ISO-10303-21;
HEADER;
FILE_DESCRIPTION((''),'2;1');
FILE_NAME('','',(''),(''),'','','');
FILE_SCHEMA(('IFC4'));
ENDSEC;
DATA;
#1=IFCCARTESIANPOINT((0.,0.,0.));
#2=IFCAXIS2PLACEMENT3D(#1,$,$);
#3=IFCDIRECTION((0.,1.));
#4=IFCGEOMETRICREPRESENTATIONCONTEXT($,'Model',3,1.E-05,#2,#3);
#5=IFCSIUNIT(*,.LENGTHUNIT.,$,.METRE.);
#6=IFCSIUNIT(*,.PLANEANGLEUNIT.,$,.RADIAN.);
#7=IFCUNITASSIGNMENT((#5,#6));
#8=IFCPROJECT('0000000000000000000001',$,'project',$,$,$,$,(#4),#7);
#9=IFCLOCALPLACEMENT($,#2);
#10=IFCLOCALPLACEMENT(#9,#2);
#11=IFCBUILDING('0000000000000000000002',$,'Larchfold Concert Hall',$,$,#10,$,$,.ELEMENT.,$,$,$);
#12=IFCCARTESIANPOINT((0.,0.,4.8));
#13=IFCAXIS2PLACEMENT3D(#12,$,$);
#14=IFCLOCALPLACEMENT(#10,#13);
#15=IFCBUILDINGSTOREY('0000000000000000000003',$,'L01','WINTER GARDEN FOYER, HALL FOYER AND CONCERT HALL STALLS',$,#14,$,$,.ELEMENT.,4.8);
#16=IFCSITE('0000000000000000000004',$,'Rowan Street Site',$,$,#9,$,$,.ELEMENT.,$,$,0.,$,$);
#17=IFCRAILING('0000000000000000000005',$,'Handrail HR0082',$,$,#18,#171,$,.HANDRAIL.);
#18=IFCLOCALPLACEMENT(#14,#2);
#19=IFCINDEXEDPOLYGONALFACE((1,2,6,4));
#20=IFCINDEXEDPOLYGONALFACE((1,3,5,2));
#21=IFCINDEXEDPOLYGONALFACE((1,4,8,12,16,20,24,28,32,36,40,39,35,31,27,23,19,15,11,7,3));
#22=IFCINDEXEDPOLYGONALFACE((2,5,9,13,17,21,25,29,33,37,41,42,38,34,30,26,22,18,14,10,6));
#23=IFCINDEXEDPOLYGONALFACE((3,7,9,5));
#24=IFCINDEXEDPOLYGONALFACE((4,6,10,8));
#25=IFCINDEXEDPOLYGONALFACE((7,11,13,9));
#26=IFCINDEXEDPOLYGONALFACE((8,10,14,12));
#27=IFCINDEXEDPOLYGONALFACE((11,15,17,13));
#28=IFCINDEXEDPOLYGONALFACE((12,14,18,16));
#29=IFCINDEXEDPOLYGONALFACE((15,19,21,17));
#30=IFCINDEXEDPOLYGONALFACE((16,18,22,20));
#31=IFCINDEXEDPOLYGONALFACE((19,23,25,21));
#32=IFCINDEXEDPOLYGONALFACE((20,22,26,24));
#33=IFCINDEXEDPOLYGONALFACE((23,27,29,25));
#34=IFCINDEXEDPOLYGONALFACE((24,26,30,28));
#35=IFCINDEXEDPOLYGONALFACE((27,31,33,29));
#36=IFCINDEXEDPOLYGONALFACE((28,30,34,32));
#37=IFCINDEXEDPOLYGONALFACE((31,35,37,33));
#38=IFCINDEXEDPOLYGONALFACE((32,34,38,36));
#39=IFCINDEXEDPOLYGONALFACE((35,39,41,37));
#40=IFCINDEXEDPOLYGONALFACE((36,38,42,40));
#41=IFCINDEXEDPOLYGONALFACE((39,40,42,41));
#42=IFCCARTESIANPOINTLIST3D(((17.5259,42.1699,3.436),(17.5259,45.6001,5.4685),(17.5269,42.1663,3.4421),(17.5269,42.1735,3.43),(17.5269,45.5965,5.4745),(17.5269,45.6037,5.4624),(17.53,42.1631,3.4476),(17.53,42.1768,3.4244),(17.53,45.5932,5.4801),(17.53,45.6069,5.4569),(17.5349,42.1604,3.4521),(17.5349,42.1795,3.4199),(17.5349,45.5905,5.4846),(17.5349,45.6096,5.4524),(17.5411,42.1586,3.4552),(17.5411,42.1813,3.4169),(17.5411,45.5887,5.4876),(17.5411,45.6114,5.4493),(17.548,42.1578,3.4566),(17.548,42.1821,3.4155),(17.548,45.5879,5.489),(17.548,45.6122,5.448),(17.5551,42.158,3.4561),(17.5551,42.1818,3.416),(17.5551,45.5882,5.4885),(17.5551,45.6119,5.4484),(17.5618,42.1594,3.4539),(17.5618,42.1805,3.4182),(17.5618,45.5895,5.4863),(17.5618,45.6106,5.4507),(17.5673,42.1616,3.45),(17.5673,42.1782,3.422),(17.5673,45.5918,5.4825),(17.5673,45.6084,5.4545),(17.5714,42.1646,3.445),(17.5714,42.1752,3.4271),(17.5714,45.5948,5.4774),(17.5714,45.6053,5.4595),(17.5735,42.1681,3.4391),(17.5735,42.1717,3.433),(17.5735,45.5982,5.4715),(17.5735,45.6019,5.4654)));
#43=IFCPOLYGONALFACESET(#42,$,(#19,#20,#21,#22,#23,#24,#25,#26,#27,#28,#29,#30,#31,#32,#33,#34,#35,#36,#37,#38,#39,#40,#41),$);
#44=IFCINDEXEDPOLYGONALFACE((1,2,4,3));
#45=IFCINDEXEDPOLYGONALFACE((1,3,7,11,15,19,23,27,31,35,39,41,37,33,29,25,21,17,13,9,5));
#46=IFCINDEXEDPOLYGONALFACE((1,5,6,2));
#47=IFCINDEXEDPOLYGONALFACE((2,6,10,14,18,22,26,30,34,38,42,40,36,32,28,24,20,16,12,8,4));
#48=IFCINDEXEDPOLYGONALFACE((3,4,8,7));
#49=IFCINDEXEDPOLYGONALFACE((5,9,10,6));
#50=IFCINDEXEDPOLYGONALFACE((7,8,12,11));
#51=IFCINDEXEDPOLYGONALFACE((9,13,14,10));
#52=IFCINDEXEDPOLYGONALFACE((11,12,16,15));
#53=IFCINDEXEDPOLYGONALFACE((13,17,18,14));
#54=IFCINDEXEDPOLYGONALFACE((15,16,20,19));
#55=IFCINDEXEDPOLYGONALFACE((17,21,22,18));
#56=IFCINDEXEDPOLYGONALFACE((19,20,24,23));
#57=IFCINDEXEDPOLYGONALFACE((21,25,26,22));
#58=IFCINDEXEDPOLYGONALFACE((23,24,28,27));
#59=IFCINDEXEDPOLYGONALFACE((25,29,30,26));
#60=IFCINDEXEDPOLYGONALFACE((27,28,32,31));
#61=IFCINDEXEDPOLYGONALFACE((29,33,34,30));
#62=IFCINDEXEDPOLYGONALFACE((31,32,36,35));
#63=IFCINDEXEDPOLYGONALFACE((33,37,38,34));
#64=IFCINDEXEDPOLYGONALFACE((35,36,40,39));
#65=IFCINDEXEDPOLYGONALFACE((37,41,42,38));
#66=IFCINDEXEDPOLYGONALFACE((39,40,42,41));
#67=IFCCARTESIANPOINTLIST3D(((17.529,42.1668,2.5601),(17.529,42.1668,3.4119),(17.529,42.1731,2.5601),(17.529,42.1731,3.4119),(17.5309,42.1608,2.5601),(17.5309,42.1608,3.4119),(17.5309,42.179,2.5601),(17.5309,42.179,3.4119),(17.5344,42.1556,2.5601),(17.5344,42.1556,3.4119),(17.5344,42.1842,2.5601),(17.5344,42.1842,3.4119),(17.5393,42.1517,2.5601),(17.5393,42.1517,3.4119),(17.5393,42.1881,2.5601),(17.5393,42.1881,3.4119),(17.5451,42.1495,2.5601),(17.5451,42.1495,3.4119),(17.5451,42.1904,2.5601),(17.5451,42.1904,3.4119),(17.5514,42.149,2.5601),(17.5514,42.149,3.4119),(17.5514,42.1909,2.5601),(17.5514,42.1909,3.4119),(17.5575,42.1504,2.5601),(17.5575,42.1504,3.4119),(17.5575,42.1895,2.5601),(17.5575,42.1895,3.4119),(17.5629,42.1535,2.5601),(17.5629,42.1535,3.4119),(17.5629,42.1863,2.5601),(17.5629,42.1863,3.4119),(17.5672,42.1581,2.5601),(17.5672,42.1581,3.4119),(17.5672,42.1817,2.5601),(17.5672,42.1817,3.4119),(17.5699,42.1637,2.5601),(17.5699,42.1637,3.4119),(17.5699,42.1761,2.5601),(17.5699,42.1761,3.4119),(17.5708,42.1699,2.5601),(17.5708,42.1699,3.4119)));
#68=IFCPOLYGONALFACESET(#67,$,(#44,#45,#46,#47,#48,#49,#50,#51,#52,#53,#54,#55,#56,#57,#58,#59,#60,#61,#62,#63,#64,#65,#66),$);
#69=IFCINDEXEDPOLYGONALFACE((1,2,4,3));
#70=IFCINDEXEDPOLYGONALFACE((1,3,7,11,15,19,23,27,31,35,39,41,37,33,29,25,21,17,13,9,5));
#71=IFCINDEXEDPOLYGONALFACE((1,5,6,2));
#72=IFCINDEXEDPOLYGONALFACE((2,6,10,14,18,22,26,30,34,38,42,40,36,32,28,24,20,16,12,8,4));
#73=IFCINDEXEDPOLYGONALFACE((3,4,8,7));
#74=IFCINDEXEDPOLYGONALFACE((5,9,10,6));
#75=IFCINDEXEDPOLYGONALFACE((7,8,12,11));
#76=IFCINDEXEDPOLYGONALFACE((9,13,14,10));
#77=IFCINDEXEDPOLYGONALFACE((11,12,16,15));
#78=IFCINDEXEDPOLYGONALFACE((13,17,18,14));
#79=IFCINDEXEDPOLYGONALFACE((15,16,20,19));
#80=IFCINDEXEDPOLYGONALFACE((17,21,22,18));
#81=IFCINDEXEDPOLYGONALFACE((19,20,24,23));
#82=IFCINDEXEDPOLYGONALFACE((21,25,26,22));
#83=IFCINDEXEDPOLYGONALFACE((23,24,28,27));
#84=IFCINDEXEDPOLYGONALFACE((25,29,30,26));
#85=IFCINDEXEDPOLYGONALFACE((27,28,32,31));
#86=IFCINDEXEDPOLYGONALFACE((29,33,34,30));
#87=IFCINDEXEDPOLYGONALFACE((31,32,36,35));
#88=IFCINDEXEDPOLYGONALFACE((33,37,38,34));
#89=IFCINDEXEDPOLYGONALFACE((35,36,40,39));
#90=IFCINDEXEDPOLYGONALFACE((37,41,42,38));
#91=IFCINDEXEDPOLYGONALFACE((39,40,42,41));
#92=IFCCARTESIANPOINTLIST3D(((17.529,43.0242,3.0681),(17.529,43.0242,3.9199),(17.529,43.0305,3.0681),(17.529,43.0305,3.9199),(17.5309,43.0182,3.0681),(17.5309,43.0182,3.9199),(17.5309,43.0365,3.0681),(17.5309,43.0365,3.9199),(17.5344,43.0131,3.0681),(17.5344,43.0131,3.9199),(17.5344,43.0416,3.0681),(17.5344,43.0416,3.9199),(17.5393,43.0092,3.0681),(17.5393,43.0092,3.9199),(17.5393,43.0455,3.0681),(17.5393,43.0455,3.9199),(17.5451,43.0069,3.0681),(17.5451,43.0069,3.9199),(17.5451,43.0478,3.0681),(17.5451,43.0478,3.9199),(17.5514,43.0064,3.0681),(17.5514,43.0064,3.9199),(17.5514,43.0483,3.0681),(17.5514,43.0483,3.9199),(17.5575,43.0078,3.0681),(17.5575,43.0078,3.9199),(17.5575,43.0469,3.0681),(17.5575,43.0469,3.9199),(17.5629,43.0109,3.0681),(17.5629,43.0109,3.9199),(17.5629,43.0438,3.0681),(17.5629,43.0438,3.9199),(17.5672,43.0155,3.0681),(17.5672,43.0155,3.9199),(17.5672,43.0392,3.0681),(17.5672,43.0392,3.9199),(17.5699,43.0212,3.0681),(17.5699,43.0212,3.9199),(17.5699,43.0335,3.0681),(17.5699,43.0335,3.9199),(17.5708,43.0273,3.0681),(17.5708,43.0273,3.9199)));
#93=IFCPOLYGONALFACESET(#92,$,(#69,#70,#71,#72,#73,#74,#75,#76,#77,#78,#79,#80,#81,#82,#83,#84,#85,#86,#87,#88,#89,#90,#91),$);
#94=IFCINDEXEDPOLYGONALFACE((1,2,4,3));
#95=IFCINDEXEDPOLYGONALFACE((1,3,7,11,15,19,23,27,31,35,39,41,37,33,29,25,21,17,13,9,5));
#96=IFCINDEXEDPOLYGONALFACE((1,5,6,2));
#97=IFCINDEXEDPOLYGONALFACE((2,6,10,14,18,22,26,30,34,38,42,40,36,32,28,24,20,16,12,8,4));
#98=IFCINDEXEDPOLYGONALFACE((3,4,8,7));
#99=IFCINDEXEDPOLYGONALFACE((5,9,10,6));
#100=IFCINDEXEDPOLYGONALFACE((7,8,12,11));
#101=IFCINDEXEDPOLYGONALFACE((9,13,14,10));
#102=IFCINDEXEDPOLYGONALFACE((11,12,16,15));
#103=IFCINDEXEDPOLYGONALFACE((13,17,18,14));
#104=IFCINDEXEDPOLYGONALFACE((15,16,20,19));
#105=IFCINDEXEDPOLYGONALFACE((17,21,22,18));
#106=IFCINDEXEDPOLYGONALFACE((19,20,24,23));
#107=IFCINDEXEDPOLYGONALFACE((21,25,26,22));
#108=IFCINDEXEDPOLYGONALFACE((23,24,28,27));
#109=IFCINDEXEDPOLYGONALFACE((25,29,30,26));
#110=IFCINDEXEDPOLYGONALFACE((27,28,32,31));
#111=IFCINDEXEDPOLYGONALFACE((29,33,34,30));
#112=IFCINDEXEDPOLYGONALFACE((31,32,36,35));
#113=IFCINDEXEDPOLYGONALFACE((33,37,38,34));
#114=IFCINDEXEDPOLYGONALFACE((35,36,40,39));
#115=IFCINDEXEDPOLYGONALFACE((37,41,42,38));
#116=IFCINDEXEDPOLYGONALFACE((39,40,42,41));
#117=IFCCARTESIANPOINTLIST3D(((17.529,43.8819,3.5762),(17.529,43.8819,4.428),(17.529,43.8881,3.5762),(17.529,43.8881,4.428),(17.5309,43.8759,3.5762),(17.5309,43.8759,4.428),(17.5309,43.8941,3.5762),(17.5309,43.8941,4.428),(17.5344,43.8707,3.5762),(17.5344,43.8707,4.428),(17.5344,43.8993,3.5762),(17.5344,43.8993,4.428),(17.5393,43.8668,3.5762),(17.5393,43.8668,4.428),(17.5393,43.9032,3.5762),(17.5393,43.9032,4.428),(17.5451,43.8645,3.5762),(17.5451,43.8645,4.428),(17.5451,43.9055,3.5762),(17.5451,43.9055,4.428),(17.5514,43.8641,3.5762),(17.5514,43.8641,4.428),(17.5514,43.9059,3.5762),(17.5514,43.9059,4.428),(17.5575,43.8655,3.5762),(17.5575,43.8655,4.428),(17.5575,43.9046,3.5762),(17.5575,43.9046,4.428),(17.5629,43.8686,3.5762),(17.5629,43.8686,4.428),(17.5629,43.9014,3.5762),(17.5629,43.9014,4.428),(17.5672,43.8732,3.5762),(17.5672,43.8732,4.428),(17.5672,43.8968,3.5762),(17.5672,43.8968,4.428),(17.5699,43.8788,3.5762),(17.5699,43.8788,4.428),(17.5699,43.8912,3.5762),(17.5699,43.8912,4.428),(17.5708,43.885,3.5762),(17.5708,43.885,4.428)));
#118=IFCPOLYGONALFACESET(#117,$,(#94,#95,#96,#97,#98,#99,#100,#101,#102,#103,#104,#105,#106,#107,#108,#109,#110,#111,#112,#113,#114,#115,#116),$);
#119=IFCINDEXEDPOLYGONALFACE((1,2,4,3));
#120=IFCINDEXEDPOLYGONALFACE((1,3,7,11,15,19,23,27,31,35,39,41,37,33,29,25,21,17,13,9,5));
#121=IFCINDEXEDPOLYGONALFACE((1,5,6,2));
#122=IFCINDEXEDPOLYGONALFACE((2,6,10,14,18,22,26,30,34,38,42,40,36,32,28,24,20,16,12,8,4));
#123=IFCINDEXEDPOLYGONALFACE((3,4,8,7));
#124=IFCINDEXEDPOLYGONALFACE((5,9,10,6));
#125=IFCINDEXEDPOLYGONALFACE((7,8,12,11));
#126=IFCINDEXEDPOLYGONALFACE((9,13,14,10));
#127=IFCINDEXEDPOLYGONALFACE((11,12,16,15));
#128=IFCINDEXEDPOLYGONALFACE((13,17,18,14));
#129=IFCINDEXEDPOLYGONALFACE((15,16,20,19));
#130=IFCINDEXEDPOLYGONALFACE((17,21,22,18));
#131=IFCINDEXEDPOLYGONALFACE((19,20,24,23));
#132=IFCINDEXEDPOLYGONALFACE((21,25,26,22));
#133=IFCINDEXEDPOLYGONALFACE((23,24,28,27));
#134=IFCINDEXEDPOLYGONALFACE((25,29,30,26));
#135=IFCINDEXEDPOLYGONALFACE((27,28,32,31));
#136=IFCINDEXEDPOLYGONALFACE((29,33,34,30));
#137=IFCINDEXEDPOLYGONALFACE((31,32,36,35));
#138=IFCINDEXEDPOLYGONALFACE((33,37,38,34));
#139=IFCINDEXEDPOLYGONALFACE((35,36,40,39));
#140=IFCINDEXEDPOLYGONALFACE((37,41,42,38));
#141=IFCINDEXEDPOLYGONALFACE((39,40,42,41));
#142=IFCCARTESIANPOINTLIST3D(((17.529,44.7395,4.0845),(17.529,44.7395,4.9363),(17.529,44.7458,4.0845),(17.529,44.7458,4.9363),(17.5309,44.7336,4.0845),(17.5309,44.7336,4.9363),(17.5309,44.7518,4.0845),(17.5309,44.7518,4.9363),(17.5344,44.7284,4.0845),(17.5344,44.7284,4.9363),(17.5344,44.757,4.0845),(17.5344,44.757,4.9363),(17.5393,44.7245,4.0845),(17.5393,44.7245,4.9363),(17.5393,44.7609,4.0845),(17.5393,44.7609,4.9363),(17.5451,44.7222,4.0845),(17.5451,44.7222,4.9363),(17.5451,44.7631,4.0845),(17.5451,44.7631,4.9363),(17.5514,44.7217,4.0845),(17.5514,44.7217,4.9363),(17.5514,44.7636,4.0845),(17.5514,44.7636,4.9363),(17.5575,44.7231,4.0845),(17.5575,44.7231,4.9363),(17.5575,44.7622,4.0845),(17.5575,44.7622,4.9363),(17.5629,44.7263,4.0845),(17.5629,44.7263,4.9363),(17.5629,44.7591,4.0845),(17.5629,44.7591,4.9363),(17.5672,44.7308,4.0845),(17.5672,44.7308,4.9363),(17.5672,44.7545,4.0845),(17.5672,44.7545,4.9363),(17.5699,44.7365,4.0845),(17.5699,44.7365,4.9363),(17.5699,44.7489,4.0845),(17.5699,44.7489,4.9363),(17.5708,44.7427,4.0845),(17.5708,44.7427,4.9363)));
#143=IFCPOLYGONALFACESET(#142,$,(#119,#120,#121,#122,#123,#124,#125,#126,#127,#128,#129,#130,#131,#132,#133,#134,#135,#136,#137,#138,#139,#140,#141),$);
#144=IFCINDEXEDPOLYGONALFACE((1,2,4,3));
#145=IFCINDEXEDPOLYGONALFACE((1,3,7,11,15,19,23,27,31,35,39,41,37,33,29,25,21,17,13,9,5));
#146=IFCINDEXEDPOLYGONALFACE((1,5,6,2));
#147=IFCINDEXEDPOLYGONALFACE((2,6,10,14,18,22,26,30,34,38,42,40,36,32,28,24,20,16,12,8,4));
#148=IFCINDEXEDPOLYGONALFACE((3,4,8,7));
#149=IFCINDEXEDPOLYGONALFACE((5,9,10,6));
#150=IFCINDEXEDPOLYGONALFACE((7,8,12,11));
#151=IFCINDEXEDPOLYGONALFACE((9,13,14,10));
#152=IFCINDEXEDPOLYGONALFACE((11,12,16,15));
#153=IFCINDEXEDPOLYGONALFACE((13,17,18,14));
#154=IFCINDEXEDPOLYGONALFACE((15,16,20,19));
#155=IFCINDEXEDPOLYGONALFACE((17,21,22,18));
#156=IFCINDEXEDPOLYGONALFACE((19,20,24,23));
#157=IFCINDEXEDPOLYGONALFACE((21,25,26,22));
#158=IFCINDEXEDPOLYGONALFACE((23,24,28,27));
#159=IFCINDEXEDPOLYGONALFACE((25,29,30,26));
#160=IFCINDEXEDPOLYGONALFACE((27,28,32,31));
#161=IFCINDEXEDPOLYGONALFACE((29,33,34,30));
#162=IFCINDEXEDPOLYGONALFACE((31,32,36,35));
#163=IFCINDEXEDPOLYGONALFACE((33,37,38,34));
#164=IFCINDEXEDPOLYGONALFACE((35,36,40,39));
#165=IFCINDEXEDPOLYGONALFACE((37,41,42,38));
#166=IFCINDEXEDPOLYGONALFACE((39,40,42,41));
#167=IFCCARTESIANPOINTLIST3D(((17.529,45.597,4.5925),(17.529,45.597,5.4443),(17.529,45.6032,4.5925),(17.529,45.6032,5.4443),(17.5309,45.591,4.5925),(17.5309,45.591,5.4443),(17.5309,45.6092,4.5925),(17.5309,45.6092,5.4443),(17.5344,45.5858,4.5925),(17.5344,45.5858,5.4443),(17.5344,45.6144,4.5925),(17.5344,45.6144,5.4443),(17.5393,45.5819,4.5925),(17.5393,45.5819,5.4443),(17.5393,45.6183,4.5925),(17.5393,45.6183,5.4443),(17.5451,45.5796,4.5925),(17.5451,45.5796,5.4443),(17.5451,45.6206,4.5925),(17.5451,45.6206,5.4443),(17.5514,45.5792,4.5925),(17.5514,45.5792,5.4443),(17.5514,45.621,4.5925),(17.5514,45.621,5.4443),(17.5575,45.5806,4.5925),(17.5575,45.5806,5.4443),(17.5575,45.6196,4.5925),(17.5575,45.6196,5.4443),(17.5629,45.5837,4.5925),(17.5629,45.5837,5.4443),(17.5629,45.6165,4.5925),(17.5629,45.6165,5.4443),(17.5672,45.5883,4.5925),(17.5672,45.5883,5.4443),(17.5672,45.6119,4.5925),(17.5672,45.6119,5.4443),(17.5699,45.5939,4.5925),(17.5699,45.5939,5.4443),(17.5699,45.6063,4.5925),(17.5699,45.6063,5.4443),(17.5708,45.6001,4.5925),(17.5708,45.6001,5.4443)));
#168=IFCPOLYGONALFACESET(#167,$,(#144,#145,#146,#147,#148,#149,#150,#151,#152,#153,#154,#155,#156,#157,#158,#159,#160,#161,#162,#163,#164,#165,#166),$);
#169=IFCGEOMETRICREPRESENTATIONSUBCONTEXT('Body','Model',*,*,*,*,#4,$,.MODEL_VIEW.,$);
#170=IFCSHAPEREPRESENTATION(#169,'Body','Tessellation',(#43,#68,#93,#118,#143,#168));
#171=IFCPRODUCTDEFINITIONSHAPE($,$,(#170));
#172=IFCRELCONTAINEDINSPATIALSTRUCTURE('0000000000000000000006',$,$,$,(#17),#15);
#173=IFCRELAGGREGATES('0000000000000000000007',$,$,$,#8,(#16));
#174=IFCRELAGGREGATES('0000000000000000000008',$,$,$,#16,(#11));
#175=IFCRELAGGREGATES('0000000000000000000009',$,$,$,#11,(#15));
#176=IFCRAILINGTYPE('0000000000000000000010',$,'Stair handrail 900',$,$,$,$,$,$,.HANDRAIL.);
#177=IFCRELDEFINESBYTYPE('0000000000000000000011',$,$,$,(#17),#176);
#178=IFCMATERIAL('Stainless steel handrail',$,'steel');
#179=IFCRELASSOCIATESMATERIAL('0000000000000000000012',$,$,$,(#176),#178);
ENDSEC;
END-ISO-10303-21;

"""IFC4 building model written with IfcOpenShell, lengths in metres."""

from ifc_helpers import new_model, si_unit, direction, frame, origin, origin_2d, place, context, subcontext, project, spatial, circle, extrude, material, type_object, element, save


model = new_model("IFC4")

# Units and contexts
model_context = context("Model", 3, precision=1e-05, world=origin(), true_north=direction((0.0, 1.0)))
body_context = subcontext(model_context, "Body", "Model", "MODEL_VIEW")
ifc_project = project(units=[si_unit("LENGTHUNIT", "METRE"), si_unit("PLANEANGLEUNIT", "RADIAN")], contexts=[model_context])

# Site, building, storey
site_placement = place(None, origin())
site = spatial("IfcSite", under=ifc_project, at=site_placement, Name="Rowan Street Site", CompositionType="ELEMENT", RefElevation=0.0)
building_placement = place(site_placement, origin())
building = spatial("IfcBuilding", under=site, at=building_placement, Name="Larchfold Concert Hall", CompositionType="ELEMENT")
storey_placement = place(building_placement, frame((0.0, 0.0, 4.8)))
storey = spatial("IfcBuildingStorey", under=building, at=storey_placement, Name="L01", Description="WINTER GARDEN FOYER, HALL FOYER AND CONCERT HALL STALLS", CompositionType="ELEMENT", Elevation=4.8)

# Railing
ifc_material_1 = material(Name="Stainless steel handrail", Category="steel")
railing_type_1 = type_object("IfcRailingType", Name="Stair handrail 900", PredefinedType="HANDRAIL", material=ifc_material_1)
railing_1_placement = place(storey_placement, frame((17.5498, 42.1699, 2.5601)))
element("IfcRailing", 1, at=railing_1_placement, inside=storey, type_object=railing_type_1, Name="Handrail HR0082", PredefinedType="HANDRAIL", context=body_context, shape_type="SweptSolid", body=[
    extrude(circle(Radius=0.0239, at=origin_2d()), frame((0.0, 0.0, 0.876), z_axis=(0.0, 0.860316, 0.50976), x_axis=(-1.0, 0.0, 0.0)), (0.0, 0.0, 1.0), 3.9871),
    extrude(circle(Radius=0.021, at=origin_2d()), origin(), (0.0, 0.0, 1.0), 0.8518),
    extrude(circle(Radius=0.021, at=origin_2d()), frame((0.0, 0.8574, 0.5081)), (0.0, 0.0, 1.0), 0.8518),
    extrude(circle(Radius=0.021, at=origin_2d()), frame((0.0, 1.7151, 1.0161)), (0.0, 0.0, 1.0), 0.8518),
    extrude(circle(Radius=0.021, at=origin_2d()), frame((0.0, 2.5728, 1.5244)), (0.0, 0.0, 1.0), 0.8518),
    extrude(circle(Radius=0.021, at=origin_2d()), frame((0.0, 3.4302, 2.0325)), (0.0, 0.0, 1.0), 0.8518),
])

save(model, "model.ifc")
